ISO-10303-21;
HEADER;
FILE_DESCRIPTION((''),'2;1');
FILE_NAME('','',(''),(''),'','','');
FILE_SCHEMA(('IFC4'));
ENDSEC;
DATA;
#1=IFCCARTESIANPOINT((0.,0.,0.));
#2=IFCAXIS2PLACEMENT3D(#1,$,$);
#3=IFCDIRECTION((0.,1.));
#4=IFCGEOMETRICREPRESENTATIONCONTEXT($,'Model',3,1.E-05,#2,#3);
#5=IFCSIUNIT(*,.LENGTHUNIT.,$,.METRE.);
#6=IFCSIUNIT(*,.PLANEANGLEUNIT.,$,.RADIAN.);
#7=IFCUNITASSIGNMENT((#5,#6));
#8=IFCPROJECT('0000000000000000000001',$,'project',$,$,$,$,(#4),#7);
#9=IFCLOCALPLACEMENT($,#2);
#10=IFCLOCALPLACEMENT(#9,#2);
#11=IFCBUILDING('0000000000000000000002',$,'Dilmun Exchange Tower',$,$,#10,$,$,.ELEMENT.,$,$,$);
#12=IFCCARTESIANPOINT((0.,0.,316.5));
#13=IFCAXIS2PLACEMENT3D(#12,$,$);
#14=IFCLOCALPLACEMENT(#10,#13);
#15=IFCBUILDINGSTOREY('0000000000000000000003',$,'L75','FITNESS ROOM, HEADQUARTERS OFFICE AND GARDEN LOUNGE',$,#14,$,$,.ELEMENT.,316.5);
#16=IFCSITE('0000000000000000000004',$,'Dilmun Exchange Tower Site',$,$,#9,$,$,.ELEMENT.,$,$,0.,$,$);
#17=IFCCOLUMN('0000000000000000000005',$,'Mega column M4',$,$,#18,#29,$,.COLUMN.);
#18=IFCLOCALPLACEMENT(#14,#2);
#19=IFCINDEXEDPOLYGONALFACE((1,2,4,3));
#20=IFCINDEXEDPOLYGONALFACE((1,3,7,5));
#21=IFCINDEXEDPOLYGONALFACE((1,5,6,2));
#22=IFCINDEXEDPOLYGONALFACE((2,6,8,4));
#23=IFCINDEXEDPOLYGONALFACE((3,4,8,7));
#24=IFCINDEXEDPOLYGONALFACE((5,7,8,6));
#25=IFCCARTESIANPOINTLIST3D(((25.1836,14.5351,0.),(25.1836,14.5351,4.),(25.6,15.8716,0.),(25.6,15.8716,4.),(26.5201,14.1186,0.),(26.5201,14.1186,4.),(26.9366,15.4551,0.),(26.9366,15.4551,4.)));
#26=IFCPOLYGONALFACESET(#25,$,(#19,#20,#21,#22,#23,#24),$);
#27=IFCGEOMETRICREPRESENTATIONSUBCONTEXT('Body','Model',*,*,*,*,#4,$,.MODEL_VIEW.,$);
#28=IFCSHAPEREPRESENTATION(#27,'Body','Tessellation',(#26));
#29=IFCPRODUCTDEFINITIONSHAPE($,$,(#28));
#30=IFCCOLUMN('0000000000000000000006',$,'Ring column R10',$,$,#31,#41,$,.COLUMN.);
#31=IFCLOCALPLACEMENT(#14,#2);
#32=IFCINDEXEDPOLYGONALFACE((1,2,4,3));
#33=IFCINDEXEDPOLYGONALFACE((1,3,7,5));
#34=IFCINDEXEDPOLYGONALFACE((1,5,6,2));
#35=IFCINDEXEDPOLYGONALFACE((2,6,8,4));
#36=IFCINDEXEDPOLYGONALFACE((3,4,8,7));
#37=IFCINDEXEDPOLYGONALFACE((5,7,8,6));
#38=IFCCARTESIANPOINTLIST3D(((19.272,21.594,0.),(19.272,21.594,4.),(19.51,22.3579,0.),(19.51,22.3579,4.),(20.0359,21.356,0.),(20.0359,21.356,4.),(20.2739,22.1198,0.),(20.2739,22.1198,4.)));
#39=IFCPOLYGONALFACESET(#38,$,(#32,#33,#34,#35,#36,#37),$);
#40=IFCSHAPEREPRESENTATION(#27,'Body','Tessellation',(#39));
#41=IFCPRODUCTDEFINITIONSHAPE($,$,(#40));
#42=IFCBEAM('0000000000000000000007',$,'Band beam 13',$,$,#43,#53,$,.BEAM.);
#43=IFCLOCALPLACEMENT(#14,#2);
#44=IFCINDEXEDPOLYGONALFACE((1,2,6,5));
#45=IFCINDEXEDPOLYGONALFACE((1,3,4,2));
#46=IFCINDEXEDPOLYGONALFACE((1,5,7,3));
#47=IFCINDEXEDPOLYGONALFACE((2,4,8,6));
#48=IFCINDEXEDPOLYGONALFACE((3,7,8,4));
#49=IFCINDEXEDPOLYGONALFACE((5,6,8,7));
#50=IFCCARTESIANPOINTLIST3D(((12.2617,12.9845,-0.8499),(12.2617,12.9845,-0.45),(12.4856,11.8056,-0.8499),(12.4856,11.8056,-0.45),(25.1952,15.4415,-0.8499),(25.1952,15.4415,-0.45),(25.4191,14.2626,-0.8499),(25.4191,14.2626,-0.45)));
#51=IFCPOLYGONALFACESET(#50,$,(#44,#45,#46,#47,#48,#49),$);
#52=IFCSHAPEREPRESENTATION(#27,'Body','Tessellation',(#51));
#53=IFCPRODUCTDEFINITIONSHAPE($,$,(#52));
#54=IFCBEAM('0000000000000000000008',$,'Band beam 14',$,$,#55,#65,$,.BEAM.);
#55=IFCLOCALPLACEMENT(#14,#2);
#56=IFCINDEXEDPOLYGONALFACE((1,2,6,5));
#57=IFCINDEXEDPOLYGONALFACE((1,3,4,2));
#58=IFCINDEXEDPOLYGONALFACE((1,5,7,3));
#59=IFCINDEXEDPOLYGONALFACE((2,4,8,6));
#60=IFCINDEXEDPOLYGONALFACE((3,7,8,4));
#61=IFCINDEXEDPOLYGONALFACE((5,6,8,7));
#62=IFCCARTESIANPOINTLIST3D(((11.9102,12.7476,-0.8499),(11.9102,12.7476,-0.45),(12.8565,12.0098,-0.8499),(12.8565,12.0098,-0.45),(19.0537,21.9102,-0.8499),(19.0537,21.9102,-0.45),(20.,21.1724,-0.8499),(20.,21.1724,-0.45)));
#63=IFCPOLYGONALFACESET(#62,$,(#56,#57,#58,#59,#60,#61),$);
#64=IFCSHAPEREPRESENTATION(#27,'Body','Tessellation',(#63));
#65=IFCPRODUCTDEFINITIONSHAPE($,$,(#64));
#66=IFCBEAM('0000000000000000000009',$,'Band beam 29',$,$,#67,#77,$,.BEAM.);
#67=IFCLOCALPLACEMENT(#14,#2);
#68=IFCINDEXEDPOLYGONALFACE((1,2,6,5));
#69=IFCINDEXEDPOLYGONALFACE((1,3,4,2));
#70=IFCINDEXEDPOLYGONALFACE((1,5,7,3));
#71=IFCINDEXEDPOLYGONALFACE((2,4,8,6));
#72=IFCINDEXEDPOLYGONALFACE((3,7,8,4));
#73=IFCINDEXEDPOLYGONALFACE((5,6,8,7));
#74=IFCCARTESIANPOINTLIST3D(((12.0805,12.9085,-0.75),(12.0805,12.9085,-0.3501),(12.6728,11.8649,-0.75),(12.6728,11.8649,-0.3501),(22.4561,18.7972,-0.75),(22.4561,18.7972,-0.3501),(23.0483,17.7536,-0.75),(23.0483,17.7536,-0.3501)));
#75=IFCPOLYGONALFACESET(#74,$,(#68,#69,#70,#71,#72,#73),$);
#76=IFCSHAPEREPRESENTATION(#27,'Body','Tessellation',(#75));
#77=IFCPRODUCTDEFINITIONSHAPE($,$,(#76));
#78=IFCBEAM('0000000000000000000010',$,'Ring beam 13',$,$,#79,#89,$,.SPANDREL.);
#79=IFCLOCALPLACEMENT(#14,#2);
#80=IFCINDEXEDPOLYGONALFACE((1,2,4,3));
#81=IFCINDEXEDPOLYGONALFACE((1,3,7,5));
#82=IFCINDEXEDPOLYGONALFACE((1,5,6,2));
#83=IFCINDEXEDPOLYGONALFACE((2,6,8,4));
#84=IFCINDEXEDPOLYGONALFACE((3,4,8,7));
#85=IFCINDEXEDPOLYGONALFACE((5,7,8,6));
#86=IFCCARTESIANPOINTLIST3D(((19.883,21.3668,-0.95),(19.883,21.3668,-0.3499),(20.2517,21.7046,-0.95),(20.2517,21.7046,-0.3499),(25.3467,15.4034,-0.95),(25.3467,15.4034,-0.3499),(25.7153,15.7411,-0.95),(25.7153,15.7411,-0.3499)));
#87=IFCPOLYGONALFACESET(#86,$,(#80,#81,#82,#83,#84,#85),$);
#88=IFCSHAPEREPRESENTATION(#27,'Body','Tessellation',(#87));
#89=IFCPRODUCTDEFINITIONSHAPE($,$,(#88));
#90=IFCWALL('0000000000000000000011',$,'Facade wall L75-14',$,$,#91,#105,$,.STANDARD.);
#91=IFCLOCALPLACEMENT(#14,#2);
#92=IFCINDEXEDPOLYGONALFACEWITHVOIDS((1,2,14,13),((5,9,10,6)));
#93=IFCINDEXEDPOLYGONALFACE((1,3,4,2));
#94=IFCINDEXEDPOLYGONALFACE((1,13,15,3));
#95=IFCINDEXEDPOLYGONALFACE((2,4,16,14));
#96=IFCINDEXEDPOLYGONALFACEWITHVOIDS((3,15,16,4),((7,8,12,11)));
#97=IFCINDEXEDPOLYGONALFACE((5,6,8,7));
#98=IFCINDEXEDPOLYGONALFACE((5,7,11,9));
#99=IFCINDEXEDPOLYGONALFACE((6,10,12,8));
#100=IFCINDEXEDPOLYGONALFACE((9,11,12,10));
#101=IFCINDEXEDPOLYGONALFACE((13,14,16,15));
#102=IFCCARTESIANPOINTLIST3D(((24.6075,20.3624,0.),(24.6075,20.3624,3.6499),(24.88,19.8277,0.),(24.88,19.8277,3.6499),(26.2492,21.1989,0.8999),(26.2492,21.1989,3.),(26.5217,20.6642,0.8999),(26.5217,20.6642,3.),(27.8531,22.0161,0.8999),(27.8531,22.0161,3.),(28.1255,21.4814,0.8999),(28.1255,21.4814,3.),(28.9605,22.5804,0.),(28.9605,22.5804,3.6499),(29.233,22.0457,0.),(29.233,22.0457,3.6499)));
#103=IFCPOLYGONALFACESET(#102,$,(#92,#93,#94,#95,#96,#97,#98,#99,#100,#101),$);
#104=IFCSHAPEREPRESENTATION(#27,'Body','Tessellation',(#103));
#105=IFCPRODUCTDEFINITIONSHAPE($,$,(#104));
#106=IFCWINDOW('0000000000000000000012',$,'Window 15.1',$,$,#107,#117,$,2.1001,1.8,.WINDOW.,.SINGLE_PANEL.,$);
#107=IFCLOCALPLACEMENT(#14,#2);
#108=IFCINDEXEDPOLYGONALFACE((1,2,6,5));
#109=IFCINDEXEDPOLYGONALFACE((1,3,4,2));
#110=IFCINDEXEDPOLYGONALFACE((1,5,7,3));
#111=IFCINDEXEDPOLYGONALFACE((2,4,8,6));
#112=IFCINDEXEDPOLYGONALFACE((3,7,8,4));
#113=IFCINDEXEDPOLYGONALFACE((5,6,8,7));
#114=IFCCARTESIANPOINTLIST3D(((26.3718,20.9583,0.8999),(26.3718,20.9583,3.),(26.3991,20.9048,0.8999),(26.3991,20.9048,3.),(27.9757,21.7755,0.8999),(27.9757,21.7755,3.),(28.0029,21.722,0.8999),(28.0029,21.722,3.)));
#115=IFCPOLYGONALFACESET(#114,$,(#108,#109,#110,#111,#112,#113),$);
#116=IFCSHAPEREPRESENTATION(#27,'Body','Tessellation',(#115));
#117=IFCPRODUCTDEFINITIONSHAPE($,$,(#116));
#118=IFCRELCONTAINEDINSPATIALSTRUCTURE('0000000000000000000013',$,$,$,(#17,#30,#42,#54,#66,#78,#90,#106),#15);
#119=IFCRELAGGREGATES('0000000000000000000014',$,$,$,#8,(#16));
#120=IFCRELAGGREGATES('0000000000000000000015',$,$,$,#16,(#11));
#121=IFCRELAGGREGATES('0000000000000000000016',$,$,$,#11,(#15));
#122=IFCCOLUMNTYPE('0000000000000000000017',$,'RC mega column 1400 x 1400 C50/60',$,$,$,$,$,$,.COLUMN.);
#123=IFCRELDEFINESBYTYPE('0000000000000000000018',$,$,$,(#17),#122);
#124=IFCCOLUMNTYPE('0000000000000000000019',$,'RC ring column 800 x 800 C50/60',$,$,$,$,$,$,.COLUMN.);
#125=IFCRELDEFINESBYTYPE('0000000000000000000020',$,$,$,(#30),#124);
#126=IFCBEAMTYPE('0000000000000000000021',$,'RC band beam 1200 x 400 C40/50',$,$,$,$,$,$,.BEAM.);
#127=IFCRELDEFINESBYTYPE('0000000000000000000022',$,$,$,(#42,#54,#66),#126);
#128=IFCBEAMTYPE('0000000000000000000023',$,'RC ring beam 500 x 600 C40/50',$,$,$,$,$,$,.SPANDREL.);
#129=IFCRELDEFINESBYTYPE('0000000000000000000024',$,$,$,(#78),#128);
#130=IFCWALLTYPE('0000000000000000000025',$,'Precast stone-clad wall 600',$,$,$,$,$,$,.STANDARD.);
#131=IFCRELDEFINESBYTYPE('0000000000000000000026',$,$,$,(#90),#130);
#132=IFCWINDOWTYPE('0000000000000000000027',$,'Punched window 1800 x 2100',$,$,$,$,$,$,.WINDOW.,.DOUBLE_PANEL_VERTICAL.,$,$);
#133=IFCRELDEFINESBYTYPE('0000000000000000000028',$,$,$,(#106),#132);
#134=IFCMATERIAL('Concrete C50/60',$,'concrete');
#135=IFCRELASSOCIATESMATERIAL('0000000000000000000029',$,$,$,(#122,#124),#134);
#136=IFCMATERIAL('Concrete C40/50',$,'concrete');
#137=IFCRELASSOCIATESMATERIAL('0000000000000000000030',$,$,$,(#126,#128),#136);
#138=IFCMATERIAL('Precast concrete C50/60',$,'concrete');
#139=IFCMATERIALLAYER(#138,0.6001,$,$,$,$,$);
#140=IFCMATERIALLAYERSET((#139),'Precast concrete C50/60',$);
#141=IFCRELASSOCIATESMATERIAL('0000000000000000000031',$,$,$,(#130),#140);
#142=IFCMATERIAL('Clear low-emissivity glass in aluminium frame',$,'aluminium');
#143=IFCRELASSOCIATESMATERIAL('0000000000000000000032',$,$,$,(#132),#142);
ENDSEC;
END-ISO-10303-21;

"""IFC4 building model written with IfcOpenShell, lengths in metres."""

from ifc_helpers import new_model, si_unit, direction, frame, frame_2d, origin, origin_2d, place, context, subcontext, project, spatial, rectangle, extrude, material, layer, layer_set, material_profile, profile_set, type_object, element, fill, save


model = new_model("IFC4")

# Units and contexts
model_context = context("Model", 3, precision=1e-05, world=origin(), true_north=direction((0.0, 1.0)))
body_context = subcontext(model_context, "Body", "Model", "MODEL_VIEW")
ifc_project = project(units=[si_unit("LENGTHUNIT", "METRE"), si_unit("PLANEANGLEUNIT", "RADIAN")], contexts=[model_context])

# Site, building, storey
site_placement = place(None, origin())
site = spatial("IfcSite", under=ifc_project, at=site_placement, Name="Dilmun Exchange Tower Site", CompositionType="ELEMENT", RefElevation=0.0)
building_placement = place(site_placement, origin())
building = spatial("IfcBuilding", under=site, at=building_placement, Name="Dilmun Exchange Tower", CompositionType="ELEMENT")
storey_placement = place(building_placement, frame((0.0, 0.0, 316.5)))
storey = spatial("IfcBuildingStorey", under=building, at=storey_placement, Name="L75", Description="FITNESS ROOM, HEADQUARTERS OFFICE AND GARDEN LOUNGE", CompositionType="ELEMENT", Elevation=316.5)

# Columns
ifc_material_1 = material(Name="Concrete C50/60", Category="concrete")
ifc_material_profile_1 = material_profile(ifc_material_1, rectangle(XDim=1.3999, YDim=1.3999, at=origin_2d()), Name="1400 x 1400")
ifc_profile_set_1 = profile_set([ifc_material_profile_1], Name="Concrete C50/60")
column_type_1 = type_object("IfcColumnType", Name="RC mega column 1400 x 1400 C50/60", PredefinedType="COLUMN", material=ifc_profile_set_1)
column_1_placement = place(storey_placement, frame((26.0601, 14.9951, 0.0), z_axis=(0.0, 0.0, 1.0), x_axis=(0.297503, 0.954721, 0.0)))
element("IfcColumn", 1, at=column_1_placement, inside=storey, type_object=column_type_1, Name="Mega column M4", PredefinedType="COLUMN", context=body_context, shape_type="SweptSolid", body=[
    extrude(rectangle(XDim=1.3999, YDim=1.3999, at=origin_2d()), origin(), (0.0, 0.0, 1.0), 4.0),
])
ifc_material_profile_2 = material_profile(ifc_material_1, rectangle(XDim=0.8, YDim=0.8, at=origin_2d()), Name="800 x 800")
ifc_profile_set_2 = profile_set([ifc_material_profile_2], Name="Concrete C50/60")
column_type_2 = type_object("IfcColumnType", Name="RC ring column 800 x 800 C50/60", PredefinedType="COLUMN", material=ifc_profile_set_2)
column_2_placement = place(storey_placement, frame((19.7729, 21.8569, 0.0), z_axis=(0.0, 0.0, 1.0), x_axis=(0.297503, 0.954721, 0.0)))
element("IfcColumn", 2, at=column_2_placement, inside=storey, type_object=column_type_2, Name="Ring column R10", PredefinedType="COLUMN", context=body_context, shape_type="SweptSolid", body=[
    extrude(rectangle(XDim=0.8, YDim=0.8, at=origin_2d()), origin(), (0.0, 0.0, 1.0), 4.0),
])

# Beams
ifc_material_2 = material(Name="Concrete C40/50", Category="concrete")
ifc_material_profile_3 = material_profile(ifc_material_2, rectangle(XDim=1.2, YDim=0.3999, at=origin_2d()), Name="1200 x 400")
ifc_profile_set_3 = profile_set([ifc_material_profile_3], Name="Concrete C40/50")
beam_type_1 = type_object("IfcBeamType", Name="RC band beam 1200 x 400 C40/50", PredefinedType="BEAM", material=ifc_profile_set_3)
beam_1_placement = place(storey_placement, frame((25.3071, 14.8521, -0.6499), z_axis=(-0.982429, -0.186635, 0.0), x_axis=(0.186635, -0.982429, 0.0)))
element("IfcBeam", 3, at=beam_1_placement, inside=storey, type_object=beam_type_1, Name="Band beam 13", PredefinedType="BEAM", context=body_context, shape_type="SweptSolid", body=[
    extrude(rectangle(XDim=1.2, YDim=0.3999, at=origin_2d()), origin(), (0.0, 0.0, 1.0), 13.1648),
])
beam_2_placement = place(storey_placement, frame((19.5269, 21.5413, -0.6499), z_axis=(-0.614857, -0.788639, 0.0), x_axis=(0.788639, -0.614857, 0.0)))
element("IfcBeam", 4, at=beam_2_placement, inside=storey, type_object=beam_type_1, Name="Band beam 14", PredefinedType="BEAM", context=body_context, shape_type="SweptSolid", body=[
    extrude(rectangle(XDim=1.2, YDim=0.3999, at=origin_2d()), origin(), (0.0, 0.0, 1.0), 11.6182),
])
beam_3_placement = place(storey_placement, frame((22.7522, 18.2754, -0.55), z_axis=(-0.86969, -0.493598, 0.0), x_axis=(0.493598, -0.86969, 0.0)))
element("IfcBeam", 5, at=beam_3_placement, inside=storey, type_object=beam_type_1, Name="Band beam 29", PredefinedType="BEAM", context=body_context, shape_type="SweptSolid", body=[
    extrude(rectangle(XDim=1.2, YDim=0.3999, at=origin_2d()), origin(), (0.0, 0.0, 1.0), 11.9302),
])
ifc_material_profile_4 = material_profile(ifc_material_2, rectangle(XDim=0.5, YDim=0.6001, at=origin_2d()), Name="500 x 600")
ifc_profile_set_4 = profile_set([ifc_material_profile_4], Name="Concrete C40/50")
beam_type_2 = type_object("IfcBeamType", Name="RC ring beam 500 x 600 C40/50", PredefinedType="SPANDREL", material=ifc_profile_set_4)
beam_4_placement = place(storey_placement, frame((25.531, 15.5723, -0.6499), z_axis=(-0.675536, 0.737327, 0.0), x_axis=(-0.737327, -0.675536, 0.0)))
element("IfcBeam", 6, at=beam_4_placement, inside=storey, type_object=beam_type_2, Name="Ring beam 13", PredefinedType="SPANDREL", context=body_context, shape_type="SweptSolid", body=[
    extrude(rectangle(XDim=0.5, YDim=0.6001, at=origin_2d()), origin(), (0.0, 0.0, 1.0), 8.0879),
])

# Wall, opening, window
ifc_material_3 = material(Name="Precast concrete C50/60", Category="concrete")
ifc_layer = layer(ifc_material_3, 0.6001)
ifc_layer_set = layer_set([ifc_layer], Name="Precast concrete C50/60")
wall_type = type_object("IfcWallType", Name="Precast stone-clad wall 600", PredefinedType="STANDARD", material=ifc_layer_set)
wall_1_placement = place(storey_placement, frame((24.7437, 20.095, 0.0), z_axis=(0.0, 0.0, 1.0), x_axis=(0.891003, 0.453997, 0.0)))
wall_1 = element("IfcWall", 7, at=wall_1_placement, inside=storey, type_object=wall_type, Name="Facade wall L75-14", PredefinedType="STANDARD", context=body_context, shape_type="SweptSolid", body=[
    extrude(rectangle(XDim=4.8855, YDim=0.6001, at=frame_2d((2.4429, 0.0))), origin(), (0.0, 0.0, 1.0), 3.6499),
])
opening_1_placement = place(wall_1_placement, frame((1.8428, 0.0, 0.8999)))
opening_1 = element("IfcOpeningElement", 8, at=opening_1_placement, cuts=wall_1, PredefinedType="OPENING", context=body_context, shape_type="SweptSolid", body=[
    extrude(rectangle(XDim=1.8, YDim=2.1001, at=frame_2d((0.8999, 1.05))), frame((0.0, 0.3101, 0.0), z_axis=(0.0, -1.0, 0.0), x_axis=(1.0, 0.0, 0.0)), (0.0, 0.0, 1.0), 0.6201),
])
ifc_material_4 = material(Name="Clear low-emissivity glass in aluminium frame", Category="aluminium")
window_type_1 = type_object("IfcWindowType", Name="Punched window 1800 x 2100", PartitioningType="DOUBLE_PANEL_VERTICAL", PredefinedType="WINDOW", material=ifc_material_4)
window_1_placement = place(opening_1_placement, origin())
window_1 = element("IfcWindow", 9, at=window_1_placement, inside=storey, type_object=window_type_1, Name="Window 15.1", OverallHeight=2.1001, OverallWidth=1.8, PartitioningType="SINGLE_PANEL", PredefinedType="WINDOW", context=body_context, shape_type="SweptSolid", body=[
    extrude(rectangle(XDim=1.8, YDim=2.1001, at=frame_2d((0.8999, 1.05))), frame((0.0, 0.03, 0.0), z_axis=(0.0, -1.0, 0.0), x_axis=(1.0, 0.0, 0.0)), (0.0, 0.0, 1.0), 0.0601),
])
fill(opening_1, window_1)

save(model, "model.ifc")
